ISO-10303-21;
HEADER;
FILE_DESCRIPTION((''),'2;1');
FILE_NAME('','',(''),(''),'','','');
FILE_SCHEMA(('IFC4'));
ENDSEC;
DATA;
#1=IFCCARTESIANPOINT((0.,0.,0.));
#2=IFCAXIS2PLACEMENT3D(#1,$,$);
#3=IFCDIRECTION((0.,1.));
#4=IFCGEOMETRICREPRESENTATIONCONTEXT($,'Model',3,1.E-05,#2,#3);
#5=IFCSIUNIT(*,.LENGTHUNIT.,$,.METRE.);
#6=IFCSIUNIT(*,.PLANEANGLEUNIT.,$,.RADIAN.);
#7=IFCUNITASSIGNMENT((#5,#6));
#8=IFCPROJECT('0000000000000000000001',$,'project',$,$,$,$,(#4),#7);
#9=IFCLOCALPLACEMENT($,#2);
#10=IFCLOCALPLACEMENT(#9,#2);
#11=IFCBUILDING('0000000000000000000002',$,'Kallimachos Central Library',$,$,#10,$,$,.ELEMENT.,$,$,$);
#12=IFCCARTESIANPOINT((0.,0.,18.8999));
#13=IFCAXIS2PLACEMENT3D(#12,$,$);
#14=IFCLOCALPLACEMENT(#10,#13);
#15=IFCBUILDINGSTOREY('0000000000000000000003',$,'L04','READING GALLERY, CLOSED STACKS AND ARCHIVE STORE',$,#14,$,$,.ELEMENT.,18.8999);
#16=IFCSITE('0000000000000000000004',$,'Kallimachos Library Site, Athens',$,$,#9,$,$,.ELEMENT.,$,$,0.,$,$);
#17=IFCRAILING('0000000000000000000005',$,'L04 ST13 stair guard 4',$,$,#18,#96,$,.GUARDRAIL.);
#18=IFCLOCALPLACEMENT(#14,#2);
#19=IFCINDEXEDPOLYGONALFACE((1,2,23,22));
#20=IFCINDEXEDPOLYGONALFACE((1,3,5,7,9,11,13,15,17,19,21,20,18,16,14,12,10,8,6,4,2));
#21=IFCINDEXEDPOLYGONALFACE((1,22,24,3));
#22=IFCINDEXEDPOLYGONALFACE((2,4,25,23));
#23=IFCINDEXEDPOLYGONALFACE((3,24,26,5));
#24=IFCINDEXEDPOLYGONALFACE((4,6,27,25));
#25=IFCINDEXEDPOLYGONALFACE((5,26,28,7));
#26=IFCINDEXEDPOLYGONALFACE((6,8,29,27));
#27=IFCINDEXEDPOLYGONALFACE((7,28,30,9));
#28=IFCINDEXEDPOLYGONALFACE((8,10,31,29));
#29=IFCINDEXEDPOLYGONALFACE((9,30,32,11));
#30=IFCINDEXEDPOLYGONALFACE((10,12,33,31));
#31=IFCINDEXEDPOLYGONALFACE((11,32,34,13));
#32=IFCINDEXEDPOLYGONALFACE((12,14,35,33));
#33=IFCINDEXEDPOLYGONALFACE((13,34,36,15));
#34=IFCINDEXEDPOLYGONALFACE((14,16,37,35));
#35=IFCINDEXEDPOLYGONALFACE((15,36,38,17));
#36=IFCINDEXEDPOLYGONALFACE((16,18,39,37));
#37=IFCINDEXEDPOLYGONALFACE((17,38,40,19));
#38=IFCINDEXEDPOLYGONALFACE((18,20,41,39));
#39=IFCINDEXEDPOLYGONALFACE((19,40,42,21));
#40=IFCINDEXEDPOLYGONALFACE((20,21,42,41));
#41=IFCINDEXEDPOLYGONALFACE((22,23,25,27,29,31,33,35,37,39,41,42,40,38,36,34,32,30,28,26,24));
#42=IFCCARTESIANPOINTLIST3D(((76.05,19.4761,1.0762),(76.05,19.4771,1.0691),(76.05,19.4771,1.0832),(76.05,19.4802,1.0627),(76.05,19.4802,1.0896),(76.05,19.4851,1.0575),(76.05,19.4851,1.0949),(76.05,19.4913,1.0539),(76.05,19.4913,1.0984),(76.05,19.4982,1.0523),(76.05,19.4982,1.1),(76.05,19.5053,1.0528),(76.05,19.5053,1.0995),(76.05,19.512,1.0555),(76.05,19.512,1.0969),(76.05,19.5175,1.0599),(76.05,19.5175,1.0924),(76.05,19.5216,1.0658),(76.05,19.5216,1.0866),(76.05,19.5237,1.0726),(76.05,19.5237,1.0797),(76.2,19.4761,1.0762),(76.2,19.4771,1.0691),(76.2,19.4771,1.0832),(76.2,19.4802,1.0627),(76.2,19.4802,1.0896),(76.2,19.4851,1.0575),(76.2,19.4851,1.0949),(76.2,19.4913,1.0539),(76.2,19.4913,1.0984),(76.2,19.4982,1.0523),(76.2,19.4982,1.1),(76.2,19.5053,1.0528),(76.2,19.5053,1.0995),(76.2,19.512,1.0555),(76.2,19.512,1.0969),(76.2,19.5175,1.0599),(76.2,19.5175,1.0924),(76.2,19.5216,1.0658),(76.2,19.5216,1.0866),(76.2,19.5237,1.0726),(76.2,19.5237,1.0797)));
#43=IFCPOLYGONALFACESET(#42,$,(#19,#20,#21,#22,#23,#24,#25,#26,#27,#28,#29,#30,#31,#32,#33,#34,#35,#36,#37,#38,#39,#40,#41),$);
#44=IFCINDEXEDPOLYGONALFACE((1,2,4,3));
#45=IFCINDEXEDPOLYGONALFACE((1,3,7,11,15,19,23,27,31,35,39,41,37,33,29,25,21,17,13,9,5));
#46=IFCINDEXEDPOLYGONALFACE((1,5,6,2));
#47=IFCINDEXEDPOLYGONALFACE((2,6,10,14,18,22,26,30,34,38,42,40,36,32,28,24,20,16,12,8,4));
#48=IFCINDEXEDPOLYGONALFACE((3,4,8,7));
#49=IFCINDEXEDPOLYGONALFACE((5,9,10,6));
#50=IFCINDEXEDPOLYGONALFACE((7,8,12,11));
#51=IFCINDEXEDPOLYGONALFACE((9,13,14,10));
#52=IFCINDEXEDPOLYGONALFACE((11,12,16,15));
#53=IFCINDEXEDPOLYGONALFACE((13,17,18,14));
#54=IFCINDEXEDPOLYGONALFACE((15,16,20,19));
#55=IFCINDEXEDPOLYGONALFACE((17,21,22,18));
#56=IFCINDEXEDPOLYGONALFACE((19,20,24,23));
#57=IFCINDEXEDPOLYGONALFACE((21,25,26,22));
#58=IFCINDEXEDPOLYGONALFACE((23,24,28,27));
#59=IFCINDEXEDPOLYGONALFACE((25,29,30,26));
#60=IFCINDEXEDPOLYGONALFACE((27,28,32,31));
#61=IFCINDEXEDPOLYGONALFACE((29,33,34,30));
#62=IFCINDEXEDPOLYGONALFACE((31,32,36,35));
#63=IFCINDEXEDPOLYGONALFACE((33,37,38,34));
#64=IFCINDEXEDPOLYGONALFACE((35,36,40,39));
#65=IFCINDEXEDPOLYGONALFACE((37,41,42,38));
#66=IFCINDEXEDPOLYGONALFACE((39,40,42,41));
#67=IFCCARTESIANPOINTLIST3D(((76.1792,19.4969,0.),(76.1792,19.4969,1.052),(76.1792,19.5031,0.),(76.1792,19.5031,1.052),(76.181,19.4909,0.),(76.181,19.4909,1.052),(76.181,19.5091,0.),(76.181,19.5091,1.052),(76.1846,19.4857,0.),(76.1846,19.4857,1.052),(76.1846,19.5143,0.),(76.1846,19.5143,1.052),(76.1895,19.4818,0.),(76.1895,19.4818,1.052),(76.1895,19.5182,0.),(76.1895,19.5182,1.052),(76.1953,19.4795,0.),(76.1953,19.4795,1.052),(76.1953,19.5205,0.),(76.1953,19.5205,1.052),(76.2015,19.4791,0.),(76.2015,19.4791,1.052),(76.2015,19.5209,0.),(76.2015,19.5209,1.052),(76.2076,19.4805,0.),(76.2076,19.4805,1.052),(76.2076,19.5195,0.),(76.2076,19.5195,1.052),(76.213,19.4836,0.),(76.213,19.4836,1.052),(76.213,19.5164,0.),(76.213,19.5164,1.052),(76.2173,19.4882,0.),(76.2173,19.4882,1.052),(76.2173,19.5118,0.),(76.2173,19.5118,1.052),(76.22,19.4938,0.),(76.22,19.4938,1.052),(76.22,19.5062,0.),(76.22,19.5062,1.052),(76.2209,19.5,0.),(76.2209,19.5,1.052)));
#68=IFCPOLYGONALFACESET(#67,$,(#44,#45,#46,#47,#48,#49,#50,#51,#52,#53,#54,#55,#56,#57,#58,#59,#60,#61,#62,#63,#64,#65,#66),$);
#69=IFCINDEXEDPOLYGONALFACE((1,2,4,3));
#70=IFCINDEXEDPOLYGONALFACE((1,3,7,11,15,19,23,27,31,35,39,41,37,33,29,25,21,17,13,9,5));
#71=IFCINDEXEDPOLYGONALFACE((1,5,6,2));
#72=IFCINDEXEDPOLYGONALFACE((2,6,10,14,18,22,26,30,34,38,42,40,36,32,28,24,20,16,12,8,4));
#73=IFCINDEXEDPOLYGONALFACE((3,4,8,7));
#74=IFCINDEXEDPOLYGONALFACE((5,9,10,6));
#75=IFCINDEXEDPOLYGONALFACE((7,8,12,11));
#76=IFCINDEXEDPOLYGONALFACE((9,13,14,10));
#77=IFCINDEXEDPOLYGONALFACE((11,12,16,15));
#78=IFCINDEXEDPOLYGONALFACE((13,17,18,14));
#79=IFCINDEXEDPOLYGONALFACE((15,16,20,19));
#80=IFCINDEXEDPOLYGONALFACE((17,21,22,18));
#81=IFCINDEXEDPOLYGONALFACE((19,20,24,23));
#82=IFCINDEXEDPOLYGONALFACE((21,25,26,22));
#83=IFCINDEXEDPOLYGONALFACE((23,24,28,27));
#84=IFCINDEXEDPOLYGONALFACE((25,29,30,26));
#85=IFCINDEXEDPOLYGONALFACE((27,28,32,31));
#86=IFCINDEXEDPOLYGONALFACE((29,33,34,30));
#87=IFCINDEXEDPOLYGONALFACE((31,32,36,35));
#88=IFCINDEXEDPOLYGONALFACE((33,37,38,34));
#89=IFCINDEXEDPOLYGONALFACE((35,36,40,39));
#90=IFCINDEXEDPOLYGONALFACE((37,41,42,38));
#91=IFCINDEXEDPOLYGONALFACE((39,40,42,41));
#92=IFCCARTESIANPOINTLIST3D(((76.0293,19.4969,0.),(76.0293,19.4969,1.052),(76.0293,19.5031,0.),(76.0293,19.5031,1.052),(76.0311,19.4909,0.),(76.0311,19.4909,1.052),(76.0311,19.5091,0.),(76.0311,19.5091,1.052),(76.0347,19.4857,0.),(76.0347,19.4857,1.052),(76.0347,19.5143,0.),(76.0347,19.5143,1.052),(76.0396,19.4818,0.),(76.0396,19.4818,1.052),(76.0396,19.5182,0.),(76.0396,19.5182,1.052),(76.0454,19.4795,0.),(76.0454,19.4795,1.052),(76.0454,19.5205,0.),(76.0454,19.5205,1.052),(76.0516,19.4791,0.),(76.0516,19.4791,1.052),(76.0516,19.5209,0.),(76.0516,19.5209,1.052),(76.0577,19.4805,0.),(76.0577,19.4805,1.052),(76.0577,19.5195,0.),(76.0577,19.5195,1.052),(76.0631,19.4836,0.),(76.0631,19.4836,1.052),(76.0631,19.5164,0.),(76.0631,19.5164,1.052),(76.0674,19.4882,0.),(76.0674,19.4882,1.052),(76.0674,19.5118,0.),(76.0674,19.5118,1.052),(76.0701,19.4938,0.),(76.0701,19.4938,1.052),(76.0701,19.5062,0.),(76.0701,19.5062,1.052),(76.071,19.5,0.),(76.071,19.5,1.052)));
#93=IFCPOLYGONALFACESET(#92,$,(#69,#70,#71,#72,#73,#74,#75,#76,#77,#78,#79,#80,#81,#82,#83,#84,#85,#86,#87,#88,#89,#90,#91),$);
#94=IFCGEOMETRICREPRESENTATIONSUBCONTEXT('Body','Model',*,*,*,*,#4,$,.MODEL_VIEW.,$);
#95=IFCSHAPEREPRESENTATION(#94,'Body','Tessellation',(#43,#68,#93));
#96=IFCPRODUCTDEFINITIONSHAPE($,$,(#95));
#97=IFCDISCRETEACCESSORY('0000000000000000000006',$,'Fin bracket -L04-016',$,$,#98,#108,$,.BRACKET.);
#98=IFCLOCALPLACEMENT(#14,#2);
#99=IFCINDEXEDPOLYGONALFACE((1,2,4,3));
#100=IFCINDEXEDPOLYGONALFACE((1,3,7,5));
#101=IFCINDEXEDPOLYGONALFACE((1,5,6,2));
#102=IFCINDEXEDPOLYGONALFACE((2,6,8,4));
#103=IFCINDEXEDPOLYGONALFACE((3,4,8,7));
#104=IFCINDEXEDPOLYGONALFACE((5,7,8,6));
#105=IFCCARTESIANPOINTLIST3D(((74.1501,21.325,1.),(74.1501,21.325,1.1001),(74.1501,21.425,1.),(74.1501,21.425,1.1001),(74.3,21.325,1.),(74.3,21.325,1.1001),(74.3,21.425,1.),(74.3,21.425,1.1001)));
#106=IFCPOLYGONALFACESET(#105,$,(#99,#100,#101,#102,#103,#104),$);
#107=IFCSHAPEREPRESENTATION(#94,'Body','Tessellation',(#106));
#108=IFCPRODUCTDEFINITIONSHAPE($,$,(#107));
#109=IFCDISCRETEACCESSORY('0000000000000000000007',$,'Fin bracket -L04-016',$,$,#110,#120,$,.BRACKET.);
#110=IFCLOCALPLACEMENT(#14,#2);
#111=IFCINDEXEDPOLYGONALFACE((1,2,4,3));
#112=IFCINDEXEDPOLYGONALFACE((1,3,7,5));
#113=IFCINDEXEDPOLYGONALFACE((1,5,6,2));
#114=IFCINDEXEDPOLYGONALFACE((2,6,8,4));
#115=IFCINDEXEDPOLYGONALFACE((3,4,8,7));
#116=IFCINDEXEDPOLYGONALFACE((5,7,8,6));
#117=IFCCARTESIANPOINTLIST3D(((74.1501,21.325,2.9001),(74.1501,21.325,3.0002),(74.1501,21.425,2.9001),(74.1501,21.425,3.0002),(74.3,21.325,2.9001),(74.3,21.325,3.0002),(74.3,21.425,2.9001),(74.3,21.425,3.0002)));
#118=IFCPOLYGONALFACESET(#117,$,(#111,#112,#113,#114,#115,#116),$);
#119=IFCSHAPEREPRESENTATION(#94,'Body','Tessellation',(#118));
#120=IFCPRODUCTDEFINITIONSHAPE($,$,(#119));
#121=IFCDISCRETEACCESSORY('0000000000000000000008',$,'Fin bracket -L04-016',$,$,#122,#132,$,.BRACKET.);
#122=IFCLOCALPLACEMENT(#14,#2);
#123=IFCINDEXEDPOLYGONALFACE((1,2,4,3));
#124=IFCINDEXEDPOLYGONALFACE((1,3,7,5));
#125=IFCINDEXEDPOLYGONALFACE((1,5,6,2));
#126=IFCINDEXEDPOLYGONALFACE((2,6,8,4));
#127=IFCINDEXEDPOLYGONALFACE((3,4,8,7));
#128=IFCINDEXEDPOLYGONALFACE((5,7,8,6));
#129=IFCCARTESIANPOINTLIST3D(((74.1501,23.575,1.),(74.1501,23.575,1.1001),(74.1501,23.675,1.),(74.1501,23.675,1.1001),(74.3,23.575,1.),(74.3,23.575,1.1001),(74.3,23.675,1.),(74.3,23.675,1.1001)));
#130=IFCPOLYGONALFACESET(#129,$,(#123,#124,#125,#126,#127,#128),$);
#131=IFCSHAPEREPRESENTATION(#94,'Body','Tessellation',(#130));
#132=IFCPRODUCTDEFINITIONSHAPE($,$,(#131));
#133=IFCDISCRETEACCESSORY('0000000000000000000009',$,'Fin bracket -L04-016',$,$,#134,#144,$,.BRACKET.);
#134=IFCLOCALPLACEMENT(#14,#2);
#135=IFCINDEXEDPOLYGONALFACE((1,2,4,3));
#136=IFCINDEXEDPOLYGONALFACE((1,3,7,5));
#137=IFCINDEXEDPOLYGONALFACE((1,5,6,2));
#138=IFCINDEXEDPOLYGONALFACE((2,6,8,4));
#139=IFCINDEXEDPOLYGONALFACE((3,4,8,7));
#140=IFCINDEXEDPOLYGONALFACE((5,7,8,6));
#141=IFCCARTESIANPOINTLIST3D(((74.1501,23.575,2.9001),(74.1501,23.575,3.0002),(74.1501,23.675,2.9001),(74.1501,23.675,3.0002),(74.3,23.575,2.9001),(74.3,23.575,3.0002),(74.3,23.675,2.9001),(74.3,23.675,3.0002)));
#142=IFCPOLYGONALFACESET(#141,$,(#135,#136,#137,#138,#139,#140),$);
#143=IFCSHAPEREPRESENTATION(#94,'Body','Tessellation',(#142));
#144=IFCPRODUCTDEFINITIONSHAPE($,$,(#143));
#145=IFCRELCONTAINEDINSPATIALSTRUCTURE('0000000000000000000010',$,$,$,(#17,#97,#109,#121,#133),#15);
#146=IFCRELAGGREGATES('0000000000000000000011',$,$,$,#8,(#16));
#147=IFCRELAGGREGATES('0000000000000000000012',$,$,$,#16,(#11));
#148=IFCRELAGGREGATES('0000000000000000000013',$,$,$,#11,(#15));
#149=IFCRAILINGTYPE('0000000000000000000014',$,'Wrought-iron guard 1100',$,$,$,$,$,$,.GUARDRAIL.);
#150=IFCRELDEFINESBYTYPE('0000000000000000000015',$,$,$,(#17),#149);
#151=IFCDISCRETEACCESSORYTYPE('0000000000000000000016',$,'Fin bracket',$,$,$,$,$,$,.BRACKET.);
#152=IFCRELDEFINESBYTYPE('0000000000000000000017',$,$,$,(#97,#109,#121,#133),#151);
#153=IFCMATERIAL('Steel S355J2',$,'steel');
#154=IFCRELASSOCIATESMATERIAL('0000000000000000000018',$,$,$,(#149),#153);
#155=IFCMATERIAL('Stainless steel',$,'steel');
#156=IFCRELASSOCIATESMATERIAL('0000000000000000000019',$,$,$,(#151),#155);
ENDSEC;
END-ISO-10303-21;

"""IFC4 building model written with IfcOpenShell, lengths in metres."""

from ifc_helpers import new_model, si_unit, direction, frame, origin, origin_2d, place, context, subcontext, project, spatial, rectangle, circle, extrude, material, type_object, element, save


model = new_model("IFC4")

# Units and contexts
model_context = context("Model", 3, precision=1e-05, world=origin(), true_north=direction((0.0, 1.0)))
body_context = subcontext(model_context, "Body", "Model", "MODEL_VIEW")
ifc_project = project(units=[si_unit("LENGTHUNIT", "METRE"), si_unit("PLANEANGLEUNIT", "RADIAN")], contexts=[model_context])

# Site, building, storey
site_placement = place(None, origin())
site = spatial("IfcSite", under=ifc_project, at=site_placement, Name="Kallimachos Library Site, Athens", CompositionType="ELEMENT", RefElevation=0.0)
building_placement = place(site_placement, origin())
building = spatial("IfcBuilding", under=site, at=building_placement, Name="Kallimachos Central Library", CompositionType="ELEMENT")
storey_placement = place(building_placement, frame((0.0, 0.0, 18.8999)))
storey = spatial("IfcBuildingStorey", under=building, at=storey_placement, Name="L04", Description="READING GALLERY, CLOSED STACKS AND ARCHIVE STORE", CompositionType="ELEMENT", Elevation=18.8999)

# Railing
ifc_material_1 = material(Name="Steel S355J2", Category="steel")
railing_type_1 = type_object("IfcRailingType", Name="Wrought-iron guard 1100", PredefinedType="GUARDRAIL", material=ifc_material_1)
railing_1_placement = place(storey_placement, frame((76.2, 19.5, 0.0)))
element("IfcRailing", 1, at=railing_1_placement, inside=storey, type_object=railing_type_1, Name="L04 ST13 stair guard 4", PredefinedType="GUARDRAIL", context=body_context, shape_type="SweptSolid", body=[
    extrude(circle(Radius=0.0239, at=origin_2d()), frame((0.0, 0.0, 1.0762), z_axis=(-1.0, 0.0, 0.0), x_axis=(0.0, -1.0, 0.0)), (0.0, 0.0, 1.0), 0.1499),
    extrude(circle(Radius=0.021, at=origin_2d()), origin(), (0.0, 0.0, 1.0), 1.052),
    extrude(circle(Radius=0.021, at=origin_2d()), frame((-0.1499, 0.0, 0.0)), (0.0, 0.0, 1.0), 1.052),
])

# Discrete accessories
ifc_material_2 = material(Name="Stainless steel", Category="steel")
discrete_accessory_type = type_object("IfcDiscreteAccessoryType", Name="Fin bracket", PredefinedType="BRACKET", material=ifc_material_2)
for number, where, z_axis, x_axis, name in (
    (2, (74.2251, 21.375, 1.0), (0.0, 0.0, 1.0), (1.0, 0.0, 0.0), "Fin bracket -L04-016"),
    (3, (74.2251, 21.375, 2.9001), (0.0, 0.0, 1.0), (1.0, 0.0, 0.0), "Fin bracket -L04-016"),
    (4, (74.2251, 23.625, 1.0), (0.0, 0.0, 1.0), (1.0, 0.0, 0.0), "Fin bracket -L04-016"),
    (5, (74.2251, 23.625, 2.9001), (0.0, 0.0, 1.0), (1.0, 0.0, 0.0), "Fin bracket -L04-016"),
):
    element("IfcDiscreteAccessory", number, at=place(storey_placement, frame(where, z_axis=z_axis, x_axis=x_axis)), inside=storey, type_object=discrete_accessory_type, Name=name, PredefinedType="BRACKET", context=body_context, shape_type="SweptSolid", body=[
        extrude(rectangle(XDim=0.1499, YDim=0.1001, at=origin_2d()), origin(), (0.0, 0.0, 1.0), 0.1001),
    ])

save(model, "model.ifc")
